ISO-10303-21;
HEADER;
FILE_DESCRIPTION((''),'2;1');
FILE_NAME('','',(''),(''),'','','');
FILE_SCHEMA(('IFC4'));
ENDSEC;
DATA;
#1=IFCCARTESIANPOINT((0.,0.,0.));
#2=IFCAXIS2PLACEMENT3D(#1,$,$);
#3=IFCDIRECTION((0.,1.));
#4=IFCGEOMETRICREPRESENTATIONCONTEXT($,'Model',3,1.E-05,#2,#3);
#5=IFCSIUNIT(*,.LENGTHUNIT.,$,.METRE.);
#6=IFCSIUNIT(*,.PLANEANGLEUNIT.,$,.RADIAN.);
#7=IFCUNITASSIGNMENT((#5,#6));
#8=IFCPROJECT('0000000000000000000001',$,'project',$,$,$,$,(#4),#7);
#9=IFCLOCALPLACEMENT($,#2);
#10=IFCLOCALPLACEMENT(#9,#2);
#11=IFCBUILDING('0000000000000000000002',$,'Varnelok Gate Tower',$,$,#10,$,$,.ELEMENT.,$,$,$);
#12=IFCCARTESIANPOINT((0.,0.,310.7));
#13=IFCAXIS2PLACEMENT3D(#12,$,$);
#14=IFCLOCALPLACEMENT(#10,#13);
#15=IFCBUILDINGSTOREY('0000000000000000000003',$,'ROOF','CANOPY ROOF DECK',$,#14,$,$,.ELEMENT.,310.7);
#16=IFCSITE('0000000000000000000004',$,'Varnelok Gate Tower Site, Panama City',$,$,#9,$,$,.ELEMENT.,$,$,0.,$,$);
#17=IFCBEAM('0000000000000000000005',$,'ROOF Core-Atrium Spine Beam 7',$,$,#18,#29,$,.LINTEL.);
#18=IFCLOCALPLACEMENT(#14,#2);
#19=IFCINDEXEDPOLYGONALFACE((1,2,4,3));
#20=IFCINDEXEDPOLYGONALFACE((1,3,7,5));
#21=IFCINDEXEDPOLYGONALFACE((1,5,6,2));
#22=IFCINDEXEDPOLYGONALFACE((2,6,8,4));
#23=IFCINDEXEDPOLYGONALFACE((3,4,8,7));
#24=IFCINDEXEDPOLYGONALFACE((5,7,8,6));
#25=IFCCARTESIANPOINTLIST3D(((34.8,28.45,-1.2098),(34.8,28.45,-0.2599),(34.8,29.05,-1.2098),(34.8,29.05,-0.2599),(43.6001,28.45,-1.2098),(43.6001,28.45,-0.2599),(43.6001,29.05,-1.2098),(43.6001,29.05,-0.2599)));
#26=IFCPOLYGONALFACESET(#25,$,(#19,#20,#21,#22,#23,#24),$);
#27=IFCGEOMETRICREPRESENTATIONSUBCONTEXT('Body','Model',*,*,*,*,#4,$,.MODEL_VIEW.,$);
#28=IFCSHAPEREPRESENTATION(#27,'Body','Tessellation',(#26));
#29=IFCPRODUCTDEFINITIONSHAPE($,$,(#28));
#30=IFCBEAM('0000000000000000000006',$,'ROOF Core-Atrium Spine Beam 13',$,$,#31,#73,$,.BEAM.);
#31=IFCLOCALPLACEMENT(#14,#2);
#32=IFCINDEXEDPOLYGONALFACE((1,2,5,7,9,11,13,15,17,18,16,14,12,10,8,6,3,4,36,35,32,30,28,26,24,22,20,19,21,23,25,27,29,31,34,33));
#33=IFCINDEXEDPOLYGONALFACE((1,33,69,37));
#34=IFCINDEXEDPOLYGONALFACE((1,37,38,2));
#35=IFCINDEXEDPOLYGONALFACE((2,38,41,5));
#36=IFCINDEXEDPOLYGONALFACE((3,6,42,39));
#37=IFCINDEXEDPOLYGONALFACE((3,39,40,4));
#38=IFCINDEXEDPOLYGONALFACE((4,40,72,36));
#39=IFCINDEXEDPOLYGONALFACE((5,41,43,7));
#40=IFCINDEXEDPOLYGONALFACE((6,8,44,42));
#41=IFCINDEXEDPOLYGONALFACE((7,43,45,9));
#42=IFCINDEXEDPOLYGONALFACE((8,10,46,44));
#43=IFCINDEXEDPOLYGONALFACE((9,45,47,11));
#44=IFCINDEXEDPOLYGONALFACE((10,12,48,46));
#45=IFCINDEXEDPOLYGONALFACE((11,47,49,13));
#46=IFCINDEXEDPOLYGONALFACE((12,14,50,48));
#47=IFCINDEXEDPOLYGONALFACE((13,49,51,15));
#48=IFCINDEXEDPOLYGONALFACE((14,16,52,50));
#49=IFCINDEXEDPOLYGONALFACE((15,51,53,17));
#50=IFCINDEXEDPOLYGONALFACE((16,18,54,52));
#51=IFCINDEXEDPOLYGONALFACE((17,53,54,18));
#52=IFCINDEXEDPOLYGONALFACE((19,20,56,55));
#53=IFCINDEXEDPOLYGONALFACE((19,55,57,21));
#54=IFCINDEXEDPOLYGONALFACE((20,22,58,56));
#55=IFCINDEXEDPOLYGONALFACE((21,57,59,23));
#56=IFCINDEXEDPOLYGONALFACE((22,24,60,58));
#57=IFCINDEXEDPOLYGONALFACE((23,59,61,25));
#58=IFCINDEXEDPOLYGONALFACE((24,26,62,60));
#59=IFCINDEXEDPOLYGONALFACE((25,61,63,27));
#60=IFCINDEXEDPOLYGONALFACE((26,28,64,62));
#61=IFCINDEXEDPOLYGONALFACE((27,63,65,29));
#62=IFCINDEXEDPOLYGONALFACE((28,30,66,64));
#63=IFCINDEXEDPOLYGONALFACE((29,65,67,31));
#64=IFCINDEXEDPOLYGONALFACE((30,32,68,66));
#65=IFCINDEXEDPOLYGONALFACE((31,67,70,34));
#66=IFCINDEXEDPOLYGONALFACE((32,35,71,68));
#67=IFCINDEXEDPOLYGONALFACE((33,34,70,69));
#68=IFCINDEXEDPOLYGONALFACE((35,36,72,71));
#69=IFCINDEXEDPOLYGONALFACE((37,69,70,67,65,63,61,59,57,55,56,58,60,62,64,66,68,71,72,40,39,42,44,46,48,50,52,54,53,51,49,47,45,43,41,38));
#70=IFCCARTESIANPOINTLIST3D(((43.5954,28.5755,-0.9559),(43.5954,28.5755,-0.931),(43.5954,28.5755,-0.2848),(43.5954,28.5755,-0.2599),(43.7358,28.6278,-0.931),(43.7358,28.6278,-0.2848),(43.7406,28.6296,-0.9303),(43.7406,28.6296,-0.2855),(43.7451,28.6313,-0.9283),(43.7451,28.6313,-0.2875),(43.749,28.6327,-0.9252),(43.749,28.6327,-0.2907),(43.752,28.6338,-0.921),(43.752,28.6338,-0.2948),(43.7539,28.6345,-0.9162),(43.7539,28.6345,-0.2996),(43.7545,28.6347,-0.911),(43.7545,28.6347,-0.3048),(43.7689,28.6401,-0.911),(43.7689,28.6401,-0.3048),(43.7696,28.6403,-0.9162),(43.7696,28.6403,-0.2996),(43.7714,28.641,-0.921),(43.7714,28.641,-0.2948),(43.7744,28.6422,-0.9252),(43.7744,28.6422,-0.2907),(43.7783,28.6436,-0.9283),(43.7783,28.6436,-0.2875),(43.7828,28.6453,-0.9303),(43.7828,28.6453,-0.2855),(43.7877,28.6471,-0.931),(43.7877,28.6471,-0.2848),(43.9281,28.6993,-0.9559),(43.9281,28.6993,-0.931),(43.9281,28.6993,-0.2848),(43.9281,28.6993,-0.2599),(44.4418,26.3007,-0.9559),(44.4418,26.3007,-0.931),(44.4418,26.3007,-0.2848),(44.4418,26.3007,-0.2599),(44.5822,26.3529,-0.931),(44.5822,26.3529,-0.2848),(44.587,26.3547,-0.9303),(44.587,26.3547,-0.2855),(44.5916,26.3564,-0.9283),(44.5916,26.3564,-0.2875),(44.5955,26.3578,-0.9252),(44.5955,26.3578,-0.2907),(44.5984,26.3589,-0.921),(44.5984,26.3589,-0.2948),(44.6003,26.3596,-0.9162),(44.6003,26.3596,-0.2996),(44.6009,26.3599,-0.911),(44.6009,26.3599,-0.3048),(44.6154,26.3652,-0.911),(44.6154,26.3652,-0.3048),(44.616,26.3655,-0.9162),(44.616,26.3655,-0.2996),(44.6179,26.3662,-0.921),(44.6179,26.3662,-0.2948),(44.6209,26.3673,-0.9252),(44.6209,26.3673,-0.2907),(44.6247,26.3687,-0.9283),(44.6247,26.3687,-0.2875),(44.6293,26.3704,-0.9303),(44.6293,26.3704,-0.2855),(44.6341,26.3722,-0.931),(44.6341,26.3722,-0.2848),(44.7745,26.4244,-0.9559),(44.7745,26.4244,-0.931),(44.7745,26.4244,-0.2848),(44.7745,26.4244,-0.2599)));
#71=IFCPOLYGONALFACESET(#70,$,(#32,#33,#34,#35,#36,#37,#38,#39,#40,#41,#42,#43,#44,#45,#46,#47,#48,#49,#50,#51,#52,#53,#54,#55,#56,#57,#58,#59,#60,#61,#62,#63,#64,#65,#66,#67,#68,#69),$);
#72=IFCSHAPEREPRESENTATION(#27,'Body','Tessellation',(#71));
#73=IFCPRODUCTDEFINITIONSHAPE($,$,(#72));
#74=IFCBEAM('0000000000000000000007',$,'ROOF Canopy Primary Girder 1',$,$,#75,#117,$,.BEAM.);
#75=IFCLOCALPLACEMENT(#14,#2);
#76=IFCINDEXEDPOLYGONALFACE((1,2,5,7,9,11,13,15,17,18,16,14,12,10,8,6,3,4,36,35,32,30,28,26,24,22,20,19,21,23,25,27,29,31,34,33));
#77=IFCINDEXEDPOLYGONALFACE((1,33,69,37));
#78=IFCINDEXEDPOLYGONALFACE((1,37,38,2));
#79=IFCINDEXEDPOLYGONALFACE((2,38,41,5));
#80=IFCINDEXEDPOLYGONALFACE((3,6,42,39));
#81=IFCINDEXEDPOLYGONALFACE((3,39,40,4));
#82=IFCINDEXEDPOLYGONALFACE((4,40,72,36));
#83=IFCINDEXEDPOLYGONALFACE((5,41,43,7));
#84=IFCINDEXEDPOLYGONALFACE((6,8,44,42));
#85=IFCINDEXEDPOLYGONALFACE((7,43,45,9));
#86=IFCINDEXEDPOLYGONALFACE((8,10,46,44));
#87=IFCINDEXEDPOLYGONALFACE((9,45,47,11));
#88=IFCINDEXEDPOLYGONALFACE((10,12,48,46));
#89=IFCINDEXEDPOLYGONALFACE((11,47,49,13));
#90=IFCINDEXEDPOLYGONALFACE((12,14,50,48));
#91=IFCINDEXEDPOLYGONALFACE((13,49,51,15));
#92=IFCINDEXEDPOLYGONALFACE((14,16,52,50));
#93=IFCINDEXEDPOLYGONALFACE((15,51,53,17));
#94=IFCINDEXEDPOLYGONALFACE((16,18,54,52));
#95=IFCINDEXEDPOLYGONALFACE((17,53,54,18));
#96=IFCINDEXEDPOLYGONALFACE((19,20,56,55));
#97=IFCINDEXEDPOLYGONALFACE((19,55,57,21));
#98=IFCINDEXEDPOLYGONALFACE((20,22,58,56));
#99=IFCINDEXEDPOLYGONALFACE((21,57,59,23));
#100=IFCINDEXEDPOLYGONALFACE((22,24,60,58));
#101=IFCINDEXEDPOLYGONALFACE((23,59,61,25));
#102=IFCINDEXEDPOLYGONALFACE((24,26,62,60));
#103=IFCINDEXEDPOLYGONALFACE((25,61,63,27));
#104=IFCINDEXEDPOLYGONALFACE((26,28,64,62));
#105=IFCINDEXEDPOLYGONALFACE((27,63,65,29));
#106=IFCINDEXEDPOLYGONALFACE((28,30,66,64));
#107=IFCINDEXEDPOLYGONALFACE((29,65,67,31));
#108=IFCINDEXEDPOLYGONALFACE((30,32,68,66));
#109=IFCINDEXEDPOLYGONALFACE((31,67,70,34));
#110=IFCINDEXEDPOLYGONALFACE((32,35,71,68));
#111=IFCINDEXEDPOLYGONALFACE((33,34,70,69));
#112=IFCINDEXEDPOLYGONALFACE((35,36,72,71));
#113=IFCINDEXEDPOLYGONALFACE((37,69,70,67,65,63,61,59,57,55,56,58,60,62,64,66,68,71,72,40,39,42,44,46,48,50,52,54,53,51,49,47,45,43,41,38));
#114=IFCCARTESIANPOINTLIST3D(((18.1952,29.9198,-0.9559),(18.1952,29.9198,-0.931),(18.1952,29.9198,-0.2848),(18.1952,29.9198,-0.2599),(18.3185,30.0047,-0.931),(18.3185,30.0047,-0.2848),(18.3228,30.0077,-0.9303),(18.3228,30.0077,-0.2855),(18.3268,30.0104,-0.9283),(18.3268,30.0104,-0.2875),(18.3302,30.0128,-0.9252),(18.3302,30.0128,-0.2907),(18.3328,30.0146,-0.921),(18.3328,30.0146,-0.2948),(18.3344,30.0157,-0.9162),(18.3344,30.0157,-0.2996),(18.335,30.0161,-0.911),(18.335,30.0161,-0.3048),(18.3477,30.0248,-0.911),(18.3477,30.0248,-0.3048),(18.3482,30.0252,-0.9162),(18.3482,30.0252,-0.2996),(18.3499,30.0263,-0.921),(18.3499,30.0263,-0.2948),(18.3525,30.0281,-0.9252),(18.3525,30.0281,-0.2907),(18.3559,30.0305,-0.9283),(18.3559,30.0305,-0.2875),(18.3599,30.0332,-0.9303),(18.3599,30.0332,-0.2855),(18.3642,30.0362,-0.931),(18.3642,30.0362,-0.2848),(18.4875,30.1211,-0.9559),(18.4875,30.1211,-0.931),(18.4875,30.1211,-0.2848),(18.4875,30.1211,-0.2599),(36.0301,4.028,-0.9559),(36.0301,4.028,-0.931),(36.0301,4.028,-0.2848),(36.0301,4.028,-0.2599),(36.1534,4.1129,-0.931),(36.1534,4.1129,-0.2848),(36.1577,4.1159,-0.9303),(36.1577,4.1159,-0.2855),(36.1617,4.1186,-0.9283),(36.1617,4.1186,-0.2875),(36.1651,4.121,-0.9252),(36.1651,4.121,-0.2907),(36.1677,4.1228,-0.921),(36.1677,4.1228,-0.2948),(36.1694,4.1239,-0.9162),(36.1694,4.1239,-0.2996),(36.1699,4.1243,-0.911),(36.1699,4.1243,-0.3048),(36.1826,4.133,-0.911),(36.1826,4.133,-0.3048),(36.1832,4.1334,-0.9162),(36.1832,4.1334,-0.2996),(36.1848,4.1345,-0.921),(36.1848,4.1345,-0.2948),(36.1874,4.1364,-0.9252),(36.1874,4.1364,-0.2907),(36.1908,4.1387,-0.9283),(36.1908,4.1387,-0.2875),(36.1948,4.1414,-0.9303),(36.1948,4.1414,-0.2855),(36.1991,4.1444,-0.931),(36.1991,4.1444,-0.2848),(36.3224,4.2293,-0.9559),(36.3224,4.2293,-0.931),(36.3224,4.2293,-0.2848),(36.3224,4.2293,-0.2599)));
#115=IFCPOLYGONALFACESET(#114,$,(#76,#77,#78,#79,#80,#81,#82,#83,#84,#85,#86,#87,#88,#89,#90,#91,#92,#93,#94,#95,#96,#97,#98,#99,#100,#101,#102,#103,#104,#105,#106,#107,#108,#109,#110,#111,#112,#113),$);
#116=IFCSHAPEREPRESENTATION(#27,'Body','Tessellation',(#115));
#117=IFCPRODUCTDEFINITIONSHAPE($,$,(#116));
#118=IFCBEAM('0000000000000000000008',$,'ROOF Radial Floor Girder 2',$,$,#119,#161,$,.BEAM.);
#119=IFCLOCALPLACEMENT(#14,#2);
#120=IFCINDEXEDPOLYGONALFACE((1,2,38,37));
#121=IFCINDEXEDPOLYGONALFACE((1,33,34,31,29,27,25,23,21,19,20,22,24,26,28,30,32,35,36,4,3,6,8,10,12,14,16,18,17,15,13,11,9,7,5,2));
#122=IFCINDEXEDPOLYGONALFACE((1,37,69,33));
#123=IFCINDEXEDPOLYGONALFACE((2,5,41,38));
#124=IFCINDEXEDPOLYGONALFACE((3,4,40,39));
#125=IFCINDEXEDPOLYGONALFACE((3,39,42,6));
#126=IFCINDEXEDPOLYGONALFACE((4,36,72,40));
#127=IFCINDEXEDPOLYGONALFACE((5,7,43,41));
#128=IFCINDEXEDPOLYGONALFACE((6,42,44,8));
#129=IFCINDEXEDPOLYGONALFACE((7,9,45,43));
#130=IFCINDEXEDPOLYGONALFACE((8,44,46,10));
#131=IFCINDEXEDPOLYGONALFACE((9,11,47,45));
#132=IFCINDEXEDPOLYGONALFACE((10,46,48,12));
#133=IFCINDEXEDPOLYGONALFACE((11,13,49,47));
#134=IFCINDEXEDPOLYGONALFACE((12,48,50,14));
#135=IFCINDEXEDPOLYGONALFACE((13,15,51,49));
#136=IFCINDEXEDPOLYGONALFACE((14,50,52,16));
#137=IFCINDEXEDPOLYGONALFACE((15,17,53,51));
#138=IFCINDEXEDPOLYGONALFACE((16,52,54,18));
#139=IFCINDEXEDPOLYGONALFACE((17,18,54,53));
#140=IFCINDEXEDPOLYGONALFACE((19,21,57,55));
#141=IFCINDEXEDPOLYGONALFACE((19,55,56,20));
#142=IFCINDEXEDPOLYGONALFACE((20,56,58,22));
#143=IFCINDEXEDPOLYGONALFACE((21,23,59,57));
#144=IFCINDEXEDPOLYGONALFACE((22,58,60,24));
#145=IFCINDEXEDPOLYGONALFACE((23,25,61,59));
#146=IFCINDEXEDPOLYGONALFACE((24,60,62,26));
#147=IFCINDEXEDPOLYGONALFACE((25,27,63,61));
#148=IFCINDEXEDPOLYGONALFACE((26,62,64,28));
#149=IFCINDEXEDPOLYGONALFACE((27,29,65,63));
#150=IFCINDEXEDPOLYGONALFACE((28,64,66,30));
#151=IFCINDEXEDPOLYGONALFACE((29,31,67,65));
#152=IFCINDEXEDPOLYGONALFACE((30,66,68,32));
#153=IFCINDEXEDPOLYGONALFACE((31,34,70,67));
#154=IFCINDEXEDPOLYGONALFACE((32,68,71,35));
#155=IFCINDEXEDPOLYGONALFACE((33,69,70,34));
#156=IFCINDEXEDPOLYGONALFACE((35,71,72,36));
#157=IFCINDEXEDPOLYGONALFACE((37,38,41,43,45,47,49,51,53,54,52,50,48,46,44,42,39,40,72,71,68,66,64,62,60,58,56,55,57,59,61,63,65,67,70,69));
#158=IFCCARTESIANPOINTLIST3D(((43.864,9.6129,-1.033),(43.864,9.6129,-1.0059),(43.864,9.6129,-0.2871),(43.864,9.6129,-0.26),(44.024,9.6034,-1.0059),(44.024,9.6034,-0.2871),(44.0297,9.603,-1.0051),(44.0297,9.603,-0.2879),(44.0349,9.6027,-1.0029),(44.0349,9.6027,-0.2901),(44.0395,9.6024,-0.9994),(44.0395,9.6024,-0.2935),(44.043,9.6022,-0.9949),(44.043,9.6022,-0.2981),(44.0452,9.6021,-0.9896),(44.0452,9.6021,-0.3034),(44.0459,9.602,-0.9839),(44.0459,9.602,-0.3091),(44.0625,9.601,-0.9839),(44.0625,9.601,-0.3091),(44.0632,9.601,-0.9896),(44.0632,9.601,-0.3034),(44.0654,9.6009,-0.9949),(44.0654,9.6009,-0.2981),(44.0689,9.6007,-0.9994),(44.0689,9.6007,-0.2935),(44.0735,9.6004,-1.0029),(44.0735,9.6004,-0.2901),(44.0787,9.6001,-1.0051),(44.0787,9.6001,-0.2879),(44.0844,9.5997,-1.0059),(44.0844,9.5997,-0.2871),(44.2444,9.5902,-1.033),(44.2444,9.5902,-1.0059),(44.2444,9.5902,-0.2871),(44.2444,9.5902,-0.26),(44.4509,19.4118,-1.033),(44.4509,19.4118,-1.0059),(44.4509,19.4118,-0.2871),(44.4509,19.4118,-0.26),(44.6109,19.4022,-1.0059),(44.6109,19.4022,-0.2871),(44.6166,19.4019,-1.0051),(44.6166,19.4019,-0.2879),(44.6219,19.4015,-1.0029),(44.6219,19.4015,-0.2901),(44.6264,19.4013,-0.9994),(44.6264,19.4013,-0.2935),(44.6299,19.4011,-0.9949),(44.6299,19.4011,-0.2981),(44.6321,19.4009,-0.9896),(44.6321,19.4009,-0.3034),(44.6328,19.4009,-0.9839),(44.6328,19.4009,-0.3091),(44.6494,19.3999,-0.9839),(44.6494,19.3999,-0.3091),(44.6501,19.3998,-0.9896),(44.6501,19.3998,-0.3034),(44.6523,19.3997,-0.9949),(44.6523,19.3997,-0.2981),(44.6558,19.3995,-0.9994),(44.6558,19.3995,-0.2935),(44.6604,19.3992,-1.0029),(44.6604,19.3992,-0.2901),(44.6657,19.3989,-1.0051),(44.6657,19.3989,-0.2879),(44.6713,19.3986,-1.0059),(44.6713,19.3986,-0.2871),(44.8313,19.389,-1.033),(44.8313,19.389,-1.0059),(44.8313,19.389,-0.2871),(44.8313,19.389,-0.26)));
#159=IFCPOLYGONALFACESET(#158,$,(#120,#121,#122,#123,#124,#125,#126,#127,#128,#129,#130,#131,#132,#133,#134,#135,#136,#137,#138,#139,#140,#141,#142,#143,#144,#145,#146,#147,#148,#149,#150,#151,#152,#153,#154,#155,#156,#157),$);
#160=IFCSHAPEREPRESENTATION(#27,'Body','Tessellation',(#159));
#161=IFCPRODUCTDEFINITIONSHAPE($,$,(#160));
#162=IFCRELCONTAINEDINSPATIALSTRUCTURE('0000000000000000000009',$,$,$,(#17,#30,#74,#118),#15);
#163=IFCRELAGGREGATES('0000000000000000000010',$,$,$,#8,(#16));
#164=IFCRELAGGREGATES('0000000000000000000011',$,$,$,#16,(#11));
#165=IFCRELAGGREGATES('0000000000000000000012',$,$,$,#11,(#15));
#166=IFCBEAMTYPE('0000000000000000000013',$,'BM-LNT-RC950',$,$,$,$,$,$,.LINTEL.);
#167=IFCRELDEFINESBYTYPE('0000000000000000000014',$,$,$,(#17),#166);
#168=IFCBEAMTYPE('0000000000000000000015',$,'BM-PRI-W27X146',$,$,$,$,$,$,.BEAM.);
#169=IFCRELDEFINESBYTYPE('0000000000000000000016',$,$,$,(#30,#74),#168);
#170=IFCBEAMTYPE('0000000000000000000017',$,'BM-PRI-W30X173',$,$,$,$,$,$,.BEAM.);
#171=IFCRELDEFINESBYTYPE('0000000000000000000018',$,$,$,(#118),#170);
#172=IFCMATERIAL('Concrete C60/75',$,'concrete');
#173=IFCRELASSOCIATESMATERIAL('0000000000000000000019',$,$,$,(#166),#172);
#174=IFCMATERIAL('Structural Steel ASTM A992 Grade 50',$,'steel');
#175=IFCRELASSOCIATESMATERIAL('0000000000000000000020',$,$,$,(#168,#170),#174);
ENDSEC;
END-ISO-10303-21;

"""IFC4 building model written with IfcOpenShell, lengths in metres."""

from ifc_helpers import new_model, si_unit, direction, frame, origin, origin_2d, place, context, subcontext, project, spatial, rectangle, i_section, extrude, material, material_profile, profile_set, type_object, element, save


model = new_model("IFC4")

# Units and contexts
model_context = context("Model", 3, precision=1e-05, world=origin(), true_north=direction((0.0, 1.0)))
body_context = subcontext(model_context, "Body", "Model", "MODEL_VIEW")
ifc_project = project(units=[si_unit("LENGTHUNIT", "METRE"), si_unit("PLANEANGLEUNIT", "RADIAN")], contexts=[model_context])

# Site, building, storey
site_placement = place(None, origin())
site = spatial("IfcSite", under=ifc_project, at=site_placement, Name="Varnelok Gate Tower Site, Panama City", CompositionType="ELEMENT", RefElevation=0.0)
building_placement = place(site_placement, origin())
building = spatial("IfcBuilding", under=site, at=building_placement, Name="Varnelok Gate Tower", CompositionType="ELEMENT")
storey_placement = place(building_placement, frame((0.0, 0.0, 310.7)))
storey = spatial("IfcBuildingStorey", under=building, at=storey_placement, Name="ROOF", Description="CANOPY ROOF DECK", CompositionType="ELEMENT", Elevation=310.7)

# Beams
ifc_material_1 = material(Name="Structural Steel ASTM A992 Grade 50", Category="steel")
ifc_material_2 = material(Name="Concrete C60/75", Category="concrete")
ifc_material_profile_1 = material_profile(ifc_material_2, rectangle(XDim=0.6001, YDim=0.95, at=origin_2d()), Name="RC950X600")
ifc_profile_set_1 = profile_set([ifc_material_profile_1], Name="Concrete C60/75")
beam_type_1 = type_object("IfcBeamType", Name="BM-LNT-RC950", PredefinedType="LINTEL", material=ifc_profile_set_1)
beam_1_placement = place(storey_placement, frame((34.8, 28.75, -0.7349), z_axis=(1.0, 0.0, 0.0), x_axis=(0.0, 1.0, 0.0)))
element("IfcBeam", 1, at=beam_1_placement, inside=storey, type_object=beam_type_1, Name="ROOF Core-Atrium Spine Beam 7", PredefinedType="LINTEL", context=body_context, shape_type="SweptSolid", body=[
    extrude(rectangle(XDim=0.6001, YDim=0.95, at=origin_2d()), origin(), (0.0, 0.0, 1.0), 8.8),
])
ifc_material_profile_2 = material_profile(ifc_material_1, i_section(OverallWidth=0.355, OverallDepth=0.696, WebThickness=0.0154, FlangeThickness=0.0249, FilletRadius=0.02, at=origin_2d()), Name="W27X146")
ifc_profile_set_2 = profile_set([ifc_material_profile_2], Name="Structural Steel ASTM A992 Grade 50")
beam_type_2 = type_object("IfcBeamType", Name="BM-PRI-W27X146", PredefinedType="BEAM", material=ifc_profile_set_2)
beam_2_placement = place(storey_placement, frame((44.6082, 26.3625, -0.6079), z_axis=(-0.348719, 0.937227, 0.0), x_axis=(-0.937227, -0.348719, 0.0)))
element("IfcBeam", 2, at=beam_2_placement, inside=storey, type_object=beam_type_2, Name="ROOF Core-Atrium Spine Beam 13", PredefinedType="BEAM", context=body_context, shape_type="SweptSolid", body=[
    extrude(i_section(OverallWidth=0.355, OverallDepth=0.696, WebThickness=0.0154, FlangeThickness=0.0249, FilletRadius=0.02, at=origin_2d()), origin(), (0.0, 0.0, 1.0), 2.4272),
])
beam_3_placement = place(storey_placement, frame((36.1763, 4.1287, -0.6079), z_axis=(-0.56727, 0.823532, 0.0), x_axis=(-0.823532, -0.56727, 0.0)))
element("IfcBeam", 3, at=beam_3_placement, inside=storey, type_object=beam_type_2, Name="ROOF Canopy Primary Girder 1", PredefinedType="BEAM", context=body_context, shape_type="SweptSolid", body=[
    extrude(i_section(OverallWidth=0.355, OverallDepth=0.696, WebThickness=0.0154, FlangeThickness=0.0249, FilletRadius=0.02, at=origin_2d()), origin(), (0.0, 0.0, 1.0), 31.4399),
])
ifc_material_profile_3 = material_profile(ifc_material_1, i_section(OverallWidth=0.3811, OverallDepth=0.7729, WebThickness=0.0166, FlangeThickness=0.0271, FilletRadius=0.022, at=origin_2d()), Name="W30X173")
ifc_profile_set_3 = profile_set([ifc_material_profile_3], Name="Structural Steel ASTM A992 Grade 50")
beam_type_3 = type_object("IfcBeamType", Name="BM-PRI-W30X173", PredefinedType="BEAM", material=ifc_profile_set_3)
beam_4_placement = place(storey_placement, frame((44.6411, 19.4004, -0.6465), z_axis=(-0.059789, -0.998211, 0.0), x_axis=(0.998211, -0.059789, 0.0)))
element("IfcBeam", 4, at=beam_4_placement, inside=storey, type_object=beam_type_3, Name="ROOF Radial Floor Girder 2", PredefinedType="BEAM", context=body_context, shape_type="SweptSolid", body=[
    extrude(i_section(OverallWidth=0.3811, OverallDepth=0.7729, WebThickness=0.0166, FlangeThickness=0.0271, FilletRadius=0.022, at=origin_2d()), origin(), (0.0, 0.0, 1.0), 9.8164),
])

save(model, "model.ifc")
